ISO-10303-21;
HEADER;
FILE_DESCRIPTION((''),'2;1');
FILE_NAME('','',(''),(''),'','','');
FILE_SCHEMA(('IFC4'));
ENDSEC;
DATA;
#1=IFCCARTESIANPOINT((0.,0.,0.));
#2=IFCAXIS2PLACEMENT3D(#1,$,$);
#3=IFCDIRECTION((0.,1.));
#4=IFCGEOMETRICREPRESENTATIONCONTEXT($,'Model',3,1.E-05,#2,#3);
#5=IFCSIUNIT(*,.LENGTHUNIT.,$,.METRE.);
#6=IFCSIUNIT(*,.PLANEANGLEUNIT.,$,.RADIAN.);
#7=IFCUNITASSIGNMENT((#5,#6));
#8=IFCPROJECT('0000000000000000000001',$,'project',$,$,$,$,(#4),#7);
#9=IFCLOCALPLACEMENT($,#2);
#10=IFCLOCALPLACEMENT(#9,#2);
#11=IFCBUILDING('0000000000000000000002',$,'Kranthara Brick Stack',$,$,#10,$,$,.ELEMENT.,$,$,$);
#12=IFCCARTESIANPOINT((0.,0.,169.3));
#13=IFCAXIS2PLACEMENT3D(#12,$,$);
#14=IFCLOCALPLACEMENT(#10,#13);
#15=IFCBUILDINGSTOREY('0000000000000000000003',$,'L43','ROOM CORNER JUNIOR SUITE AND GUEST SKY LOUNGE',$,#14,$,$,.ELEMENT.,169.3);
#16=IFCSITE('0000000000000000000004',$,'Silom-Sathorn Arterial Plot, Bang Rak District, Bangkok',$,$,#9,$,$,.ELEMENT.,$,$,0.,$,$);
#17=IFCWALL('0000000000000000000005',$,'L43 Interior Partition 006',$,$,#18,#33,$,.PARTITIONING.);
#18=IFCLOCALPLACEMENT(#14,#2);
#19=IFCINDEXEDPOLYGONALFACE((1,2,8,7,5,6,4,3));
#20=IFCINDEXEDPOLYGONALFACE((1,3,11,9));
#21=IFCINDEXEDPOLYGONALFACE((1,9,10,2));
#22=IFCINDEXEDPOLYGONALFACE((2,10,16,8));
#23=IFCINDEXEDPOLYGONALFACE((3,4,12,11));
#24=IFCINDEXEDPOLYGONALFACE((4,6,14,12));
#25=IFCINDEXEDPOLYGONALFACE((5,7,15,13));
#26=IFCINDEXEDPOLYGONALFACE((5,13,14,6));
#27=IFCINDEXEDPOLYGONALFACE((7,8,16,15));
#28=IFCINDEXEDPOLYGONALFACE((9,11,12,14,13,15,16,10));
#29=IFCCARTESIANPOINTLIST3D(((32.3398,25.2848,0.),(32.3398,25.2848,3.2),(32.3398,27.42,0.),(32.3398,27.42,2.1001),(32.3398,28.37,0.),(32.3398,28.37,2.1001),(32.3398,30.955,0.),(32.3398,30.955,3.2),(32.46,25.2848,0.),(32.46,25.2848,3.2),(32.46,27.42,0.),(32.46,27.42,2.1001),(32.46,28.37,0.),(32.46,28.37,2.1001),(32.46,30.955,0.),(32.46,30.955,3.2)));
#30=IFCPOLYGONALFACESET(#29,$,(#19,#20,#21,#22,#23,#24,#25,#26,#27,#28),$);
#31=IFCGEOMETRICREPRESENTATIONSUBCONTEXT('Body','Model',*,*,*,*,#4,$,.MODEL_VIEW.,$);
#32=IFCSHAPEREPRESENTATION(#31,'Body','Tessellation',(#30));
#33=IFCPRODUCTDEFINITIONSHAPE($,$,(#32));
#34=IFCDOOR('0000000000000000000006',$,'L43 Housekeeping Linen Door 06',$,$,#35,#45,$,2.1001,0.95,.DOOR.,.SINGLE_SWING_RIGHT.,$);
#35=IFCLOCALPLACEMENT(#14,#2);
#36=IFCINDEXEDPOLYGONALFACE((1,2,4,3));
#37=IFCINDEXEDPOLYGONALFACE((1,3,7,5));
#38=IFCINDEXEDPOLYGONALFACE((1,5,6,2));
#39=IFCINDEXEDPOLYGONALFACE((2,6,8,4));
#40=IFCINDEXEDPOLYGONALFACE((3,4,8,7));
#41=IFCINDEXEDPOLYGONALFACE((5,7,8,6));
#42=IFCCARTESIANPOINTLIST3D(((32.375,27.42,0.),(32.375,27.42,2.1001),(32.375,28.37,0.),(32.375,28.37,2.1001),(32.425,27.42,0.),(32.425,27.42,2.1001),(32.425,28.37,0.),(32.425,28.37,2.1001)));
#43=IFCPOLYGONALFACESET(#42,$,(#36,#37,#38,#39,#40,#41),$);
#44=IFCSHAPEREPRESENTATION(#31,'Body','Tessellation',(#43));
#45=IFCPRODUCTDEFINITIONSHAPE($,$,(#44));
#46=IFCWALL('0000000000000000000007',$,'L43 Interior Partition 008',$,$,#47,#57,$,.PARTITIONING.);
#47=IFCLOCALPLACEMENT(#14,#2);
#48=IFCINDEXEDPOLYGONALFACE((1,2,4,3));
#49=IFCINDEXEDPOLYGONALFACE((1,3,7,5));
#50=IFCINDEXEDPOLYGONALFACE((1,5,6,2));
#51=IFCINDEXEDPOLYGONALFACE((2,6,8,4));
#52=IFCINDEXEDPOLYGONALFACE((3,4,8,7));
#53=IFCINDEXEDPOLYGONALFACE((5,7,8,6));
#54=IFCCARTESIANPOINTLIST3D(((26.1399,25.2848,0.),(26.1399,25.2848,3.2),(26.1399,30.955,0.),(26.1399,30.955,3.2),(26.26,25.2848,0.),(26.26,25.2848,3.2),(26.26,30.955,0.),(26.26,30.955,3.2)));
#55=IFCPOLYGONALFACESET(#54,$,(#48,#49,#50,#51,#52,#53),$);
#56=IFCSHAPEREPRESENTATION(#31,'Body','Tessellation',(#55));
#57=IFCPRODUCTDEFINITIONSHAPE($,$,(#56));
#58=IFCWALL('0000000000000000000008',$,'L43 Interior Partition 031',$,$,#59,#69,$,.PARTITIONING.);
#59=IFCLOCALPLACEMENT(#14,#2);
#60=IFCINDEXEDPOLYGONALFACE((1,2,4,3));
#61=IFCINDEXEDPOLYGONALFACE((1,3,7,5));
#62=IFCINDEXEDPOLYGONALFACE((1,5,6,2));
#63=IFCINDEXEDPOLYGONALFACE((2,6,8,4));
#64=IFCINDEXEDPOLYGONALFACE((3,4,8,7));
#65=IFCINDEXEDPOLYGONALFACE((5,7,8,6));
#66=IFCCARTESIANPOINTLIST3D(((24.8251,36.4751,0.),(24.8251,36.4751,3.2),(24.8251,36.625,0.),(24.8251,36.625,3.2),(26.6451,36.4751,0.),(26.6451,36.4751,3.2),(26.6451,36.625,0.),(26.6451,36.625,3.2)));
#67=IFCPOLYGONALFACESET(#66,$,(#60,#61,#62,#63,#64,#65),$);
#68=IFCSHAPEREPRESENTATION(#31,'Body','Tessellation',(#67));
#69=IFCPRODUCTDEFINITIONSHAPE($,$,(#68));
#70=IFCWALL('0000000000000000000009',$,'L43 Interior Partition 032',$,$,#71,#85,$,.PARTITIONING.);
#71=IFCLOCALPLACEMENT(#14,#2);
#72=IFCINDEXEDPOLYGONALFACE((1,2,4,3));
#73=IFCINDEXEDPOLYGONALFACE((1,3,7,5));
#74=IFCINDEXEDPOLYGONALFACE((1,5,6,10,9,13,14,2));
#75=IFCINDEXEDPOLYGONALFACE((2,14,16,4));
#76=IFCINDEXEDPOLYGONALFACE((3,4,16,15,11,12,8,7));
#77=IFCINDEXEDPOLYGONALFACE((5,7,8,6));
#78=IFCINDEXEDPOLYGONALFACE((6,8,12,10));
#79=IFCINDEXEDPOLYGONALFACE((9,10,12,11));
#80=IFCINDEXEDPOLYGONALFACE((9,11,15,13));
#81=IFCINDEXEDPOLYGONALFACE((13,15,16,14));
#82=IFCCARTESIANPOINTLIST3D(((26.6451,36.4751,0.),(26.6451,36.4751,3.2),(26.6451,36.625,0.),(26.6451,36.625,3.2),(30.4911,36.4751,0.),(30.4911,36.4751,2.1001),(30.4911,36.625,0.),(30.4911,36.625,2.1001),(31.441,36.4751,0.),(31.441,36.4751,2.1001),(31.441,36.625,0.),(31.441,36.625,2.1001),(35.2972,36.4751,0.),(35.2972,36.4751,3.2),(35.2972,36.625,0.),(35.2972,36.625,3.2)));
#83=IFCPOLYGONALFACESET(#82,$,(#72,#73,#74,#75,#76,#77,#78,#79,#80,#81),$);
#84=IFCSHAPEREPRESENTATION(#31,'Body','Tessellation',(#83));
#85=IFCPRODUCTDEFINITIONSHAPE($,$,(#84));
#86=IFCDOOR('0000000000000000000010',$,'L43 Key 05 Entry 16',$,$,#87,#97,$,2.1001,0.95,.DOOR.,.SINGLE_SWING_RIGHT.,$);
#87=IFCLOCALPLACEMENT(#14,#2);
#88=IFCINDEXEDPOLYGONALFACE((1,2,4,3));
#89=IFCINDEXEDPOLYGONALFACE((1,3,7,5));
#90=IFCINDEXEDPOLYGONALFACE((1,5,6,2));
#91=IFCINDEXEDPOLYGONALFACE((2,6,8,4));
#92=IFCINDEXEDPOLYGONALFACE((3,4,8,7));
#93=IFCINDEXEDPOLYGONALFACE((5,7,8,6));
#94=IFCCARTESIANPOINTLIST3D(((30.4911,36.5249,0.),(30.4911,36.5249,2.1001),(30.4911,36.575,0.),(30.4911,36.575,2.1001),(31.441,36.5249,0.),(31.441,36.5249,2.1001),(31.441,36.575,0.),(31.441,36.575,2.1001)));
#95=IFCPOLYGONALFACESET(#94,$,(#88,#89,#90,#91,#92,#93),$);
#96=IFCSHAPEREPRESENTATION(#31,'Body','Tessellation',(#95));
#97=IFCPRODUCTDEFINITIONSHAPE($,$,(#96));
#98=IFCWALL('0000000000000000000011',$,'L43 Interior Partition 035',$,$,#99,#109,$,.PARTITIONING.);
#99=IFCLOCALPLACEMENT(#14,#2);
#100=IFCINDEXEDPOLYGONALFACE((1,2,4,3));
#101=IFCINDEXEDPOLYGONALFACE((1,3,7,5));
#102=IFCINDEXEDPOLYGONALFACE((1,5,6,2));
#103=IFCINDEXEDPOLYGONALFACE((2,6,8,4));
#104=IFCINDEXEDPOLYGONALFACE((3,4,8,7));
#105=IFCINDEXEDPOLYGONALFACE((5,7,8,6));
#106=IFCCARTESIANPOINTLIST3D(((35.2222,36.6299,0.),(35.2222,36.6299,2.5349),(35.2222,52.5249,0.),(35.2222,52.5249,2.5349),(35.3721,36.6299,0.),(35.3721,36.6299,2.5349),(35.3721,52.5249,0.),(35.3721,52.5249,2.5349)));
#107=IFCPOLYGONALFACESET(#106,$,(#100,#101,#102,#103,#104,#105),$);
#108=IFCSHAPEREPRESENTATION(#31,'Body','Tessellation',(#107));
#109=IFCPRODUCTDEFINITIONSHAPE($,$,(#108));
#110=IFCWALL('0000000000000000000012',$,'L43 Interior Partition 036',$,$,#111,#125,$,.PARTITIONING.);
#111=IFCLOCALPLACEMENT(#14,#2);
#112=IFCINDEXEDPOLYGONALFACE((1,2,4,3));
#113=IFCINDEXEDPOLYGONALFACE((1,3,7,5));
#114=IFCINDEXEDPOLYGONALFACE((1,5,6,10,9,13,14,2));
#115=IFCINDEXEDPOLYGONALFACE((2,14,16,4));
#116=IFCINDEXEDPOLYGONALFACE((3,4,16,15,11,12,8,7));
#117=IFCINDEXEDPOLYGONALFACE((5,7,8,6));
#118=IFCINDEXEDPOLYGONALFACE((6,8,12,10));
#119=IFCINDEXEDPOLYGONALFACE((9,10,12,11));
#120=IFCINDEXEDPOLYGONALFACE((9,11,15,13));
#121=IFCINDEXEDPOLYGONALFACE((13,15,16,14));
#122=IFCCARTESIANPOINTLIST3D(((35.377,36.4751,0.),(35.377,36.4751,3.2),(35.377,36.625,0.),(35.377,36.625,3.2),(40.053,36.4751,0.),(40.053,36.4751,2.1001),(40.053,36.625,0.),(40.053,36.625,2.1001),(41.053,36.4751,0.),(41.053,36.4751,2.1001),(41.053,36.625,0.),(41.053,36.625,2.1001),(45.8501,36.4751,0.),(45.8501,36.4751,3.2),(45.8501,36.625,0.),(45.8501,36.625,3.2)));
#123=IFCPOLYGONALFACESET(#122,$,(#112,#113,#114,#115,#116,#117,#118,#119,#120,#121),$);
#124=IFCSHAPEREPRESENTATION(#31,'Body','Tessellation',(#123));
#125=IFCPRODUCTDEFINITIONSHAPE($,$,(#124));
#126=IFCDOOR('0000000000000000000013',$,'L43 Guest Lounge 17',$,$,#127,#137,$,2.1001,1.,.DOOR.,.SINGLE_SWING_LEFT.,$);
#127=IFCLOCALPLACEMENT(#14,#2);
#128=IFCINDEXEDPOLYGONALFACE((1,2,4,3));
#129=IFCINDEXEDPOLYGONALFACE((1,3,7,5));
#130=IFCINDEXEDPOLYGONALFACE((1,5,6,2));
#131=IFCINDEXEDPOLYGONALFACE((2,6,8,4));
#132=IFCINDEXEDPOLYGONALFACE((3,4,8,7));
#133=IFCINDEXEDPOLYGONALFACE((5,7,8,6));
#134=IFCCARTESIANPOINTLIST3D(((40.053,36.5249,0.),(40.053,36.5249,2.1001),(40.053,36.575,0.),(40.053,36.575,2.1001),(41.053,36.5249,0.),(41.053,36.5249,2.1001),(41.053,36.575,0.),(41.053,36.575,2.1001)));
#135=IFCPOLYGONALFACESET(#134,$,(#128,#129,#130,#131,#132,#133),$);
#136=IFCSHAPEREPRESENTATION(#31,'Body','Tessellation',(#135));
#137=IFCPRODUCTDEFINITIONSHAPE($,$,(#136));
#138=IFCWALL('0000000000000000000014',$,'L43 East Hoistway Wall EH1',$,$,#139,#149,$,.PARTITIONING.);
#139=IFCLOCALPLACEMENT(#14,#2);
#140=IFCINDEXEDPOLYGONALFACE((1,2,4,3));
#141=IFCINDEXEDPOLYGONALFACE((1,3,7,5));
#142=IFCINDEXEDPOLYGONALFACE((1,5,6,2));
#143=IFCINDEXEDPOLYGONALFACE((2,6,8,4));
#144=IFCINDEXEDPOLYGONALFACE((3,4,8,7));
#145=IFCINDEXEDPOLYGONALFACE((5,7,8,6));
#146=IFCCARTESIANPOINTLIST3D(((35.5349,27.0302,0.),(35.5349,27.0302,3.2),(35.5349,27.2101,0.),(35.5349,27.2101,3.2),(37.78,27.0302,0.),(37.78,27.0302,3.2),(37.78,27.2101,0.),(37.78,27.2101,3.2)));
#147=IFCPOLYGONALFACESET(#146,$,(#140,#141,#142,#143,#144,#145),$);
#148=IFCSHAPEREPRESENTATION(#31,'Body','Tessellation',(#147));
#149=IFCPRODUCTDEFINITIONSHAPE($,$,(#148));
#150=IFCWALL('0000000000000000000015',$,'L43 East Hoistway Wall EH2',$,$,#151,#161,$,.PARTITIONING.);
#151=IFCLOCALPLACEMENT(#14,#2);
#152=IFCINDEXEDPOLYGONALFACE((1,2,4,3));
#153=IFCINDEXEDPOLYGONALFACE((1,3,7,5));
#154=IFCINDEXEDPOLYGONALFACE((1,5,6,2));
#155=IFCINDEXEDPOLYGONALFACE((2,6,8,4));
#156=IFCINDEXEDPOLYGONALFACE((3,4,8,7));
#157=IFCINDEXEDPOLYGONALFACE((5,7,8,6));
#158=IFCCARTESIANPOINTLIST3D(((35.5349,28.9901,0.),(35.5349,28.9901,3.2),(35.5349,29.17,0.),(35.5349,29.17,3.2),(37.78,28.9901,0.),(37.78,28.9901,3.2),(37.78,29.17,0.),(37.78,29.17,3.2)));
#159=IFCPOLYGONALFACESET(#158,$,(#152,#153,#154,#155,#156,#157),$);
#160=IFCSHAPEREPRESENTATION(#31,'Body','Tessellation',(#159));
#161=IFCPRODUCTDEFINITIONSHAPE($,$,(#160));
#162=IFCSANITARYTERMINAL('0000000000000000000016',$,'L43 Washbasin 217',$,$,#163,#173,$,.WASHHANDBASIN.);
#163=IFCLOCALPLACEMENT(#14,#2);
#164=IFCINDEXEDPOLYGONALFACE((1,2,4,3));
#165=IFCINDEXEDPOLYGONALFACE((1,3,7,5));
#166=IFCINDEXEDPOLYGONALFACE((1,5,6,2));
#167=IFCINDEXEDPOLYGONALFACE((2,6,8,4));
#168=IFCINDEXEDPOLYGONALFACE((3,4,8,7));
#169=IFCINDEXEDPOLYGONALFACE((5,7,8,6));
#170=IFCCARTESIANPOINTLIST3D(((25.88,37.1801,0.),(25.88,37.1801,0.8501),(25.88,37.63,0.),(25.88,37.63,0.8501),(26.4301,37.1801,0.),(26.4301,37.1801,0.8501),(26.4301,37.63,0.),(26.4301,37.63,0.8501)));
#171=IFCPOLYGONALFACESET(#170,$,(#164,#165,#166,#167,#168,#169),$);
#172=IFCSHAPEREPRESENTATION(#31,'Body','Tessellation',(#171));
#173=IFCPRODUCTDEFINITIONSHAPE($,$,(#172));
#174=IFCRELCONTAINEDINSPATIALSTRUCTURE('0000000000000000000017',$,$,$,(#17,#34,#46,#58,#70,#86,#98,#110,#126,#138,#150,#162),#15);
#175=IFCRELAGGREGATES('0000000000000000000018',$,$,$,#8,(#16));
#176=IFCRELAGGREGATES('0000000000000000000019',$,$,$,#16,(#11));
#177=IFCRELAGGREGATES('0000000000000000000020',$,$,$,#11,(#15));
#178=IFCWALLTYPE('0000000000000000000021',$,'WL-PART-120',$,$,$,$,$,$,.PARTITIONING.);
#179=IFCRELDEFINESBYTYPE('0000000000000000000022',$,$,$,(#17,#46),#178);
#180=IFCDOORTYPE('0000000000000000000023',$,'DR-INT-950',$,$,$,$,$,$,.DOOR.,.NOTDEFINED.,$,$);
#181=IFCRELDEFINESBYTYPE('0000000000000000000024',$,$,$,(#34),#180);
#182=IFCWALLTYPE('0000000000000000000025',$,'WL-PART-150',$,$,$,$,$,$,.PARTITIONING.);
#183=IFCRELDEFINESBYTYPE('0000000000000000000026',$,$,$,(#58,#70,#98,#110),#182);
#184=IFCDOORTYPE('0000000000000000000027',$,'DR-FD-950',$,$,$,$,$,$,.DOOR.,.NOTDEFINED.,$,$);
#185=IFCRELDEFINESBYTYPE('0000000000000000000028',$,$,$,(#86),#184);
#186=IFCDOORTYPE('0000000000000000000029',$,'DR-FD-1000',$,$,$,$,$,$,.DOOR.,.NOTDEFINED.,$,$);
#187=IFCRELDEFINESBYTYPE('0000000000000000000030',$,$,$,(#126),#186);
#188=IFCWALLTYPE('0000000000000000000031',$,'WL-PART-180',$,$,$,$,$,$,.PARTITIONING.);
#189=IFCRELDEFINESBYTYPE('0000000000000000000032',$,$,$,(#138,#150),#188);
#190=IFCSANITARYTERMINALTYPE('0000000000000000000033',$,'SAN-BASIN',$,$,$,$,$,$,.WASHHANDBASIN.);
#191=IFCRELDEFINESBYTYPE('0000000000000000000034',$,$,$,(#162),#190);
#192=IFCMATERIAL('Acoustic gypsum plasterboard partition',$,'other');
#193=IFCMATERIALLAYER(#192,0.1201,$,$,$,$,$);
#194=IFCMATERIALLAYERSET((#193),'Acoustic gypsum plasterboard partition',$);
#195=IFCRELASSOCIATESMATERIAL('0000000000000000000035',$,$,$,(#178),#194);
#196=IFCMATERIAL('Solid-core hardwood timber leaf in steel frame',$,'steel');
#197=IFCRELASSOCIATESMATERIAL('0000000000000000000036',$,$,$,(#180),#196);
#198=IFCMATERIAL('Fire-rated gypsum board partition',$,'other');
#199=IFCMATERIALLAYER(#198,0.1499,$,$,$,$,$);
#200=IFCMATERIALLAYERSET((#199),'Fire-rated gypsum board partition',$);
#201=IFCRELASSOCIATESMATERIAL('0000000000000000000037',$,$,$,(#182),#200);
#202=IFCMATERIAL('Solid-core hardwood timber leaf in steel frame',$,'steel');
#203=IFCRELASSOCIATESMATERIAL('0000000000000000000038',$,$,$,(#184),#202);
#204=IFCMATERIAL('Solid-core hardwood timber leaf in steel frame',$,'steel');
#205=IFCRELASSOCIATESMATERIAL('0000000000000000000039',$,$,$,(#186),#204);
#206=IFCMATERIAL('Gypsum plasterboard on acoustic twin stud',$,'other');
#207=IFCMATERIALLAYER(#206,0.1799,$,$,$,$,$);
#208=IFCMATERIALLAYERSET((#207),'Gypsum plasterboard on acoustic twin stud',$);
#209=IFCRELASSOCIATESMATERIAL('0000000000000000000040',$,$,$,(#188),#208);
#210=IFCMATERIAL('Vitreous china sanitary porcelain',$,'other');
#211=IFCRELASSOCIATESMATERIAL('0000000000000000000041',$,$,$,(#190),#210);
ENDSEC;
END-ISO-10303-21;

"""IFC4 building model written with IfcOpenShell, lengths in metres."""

from ifc_helpers import new_model, si_unit, direction, frame, frame_2d, origin, origin_2d, place, context, subcontext, project, spatial, rectangle, extrude, material, layer, layer_set, type_object, element, fill, save


model = new_model("IFC4")

# Units and contexts
model_context = context("Model", 3, precision=1e-05, world=origin(), true_north=direction((0.0, 1.0)))
body_context = subcontext(model_context, "Body", "Model", "MODEL_VIEW")
ifc_project = project(units=[si_unit("LENGTHUNIT", "METRE"), si_unit("PLANEANGLEUNIT", "RADIAN")], contexts=[model_context])

# Site, building, storey
site_placement = place(None, origin())
site = spatial("IfcSite", under=ifc_project, at=site_placement, Name="Silom-Sathorn Arterial Plot, Bang Rak District, Bangkok", CompositionType="ELEMENT", RefElevation=0.0)
building_placement = place(site_placement, origin())
building = spatial("IfcBuilding", under=site, at=building_placement, Name="Kranthara Brick Stack", CompositionType="ELEMENT")
storey_placement = place(building_placement, frame((0.0, 0.0, 169.3)))
storey = spatial("IfcBuildingStorey", under=building, at=storey_placement, Name="L43", Description="ROOM CORNER JUNIOR SUITE AND GUEST SKY LOUNGE", CompositionType="ELEMENT", Elevation=169.3)

# Wall, opening, door
ifc_material_1 = material(Name="Acoustic gypsum plasterboard partition", Category="other")
ifc_layer_1 = layer(ifc_material_1, 0.1201)
ifc_layer_set_1 = layer_set([ifc_layer_1], Name="Acoustic gypsum plasterboard partition")
wall_type_1 = type_object("IfcWallType", Name="WL-PART-120", PredefinedType="PARTITIONING", material=ifc_layer_set_1)
wall_1_placement = place(storey_placement, frame((32.3999, 25.2849, 0.0), z_axis=(0.0, 0.0, 1.0), x_axis=(0.0, 1.0, 0.0)))
wall_1 = element("IfcWall", 1, at=wall_1_placement, inside=storey, type_object=wall_type_1, Name="L43 Interior Partition 006", PredefinedType="PARTITIONING", context=body_context, shape_type="SweptSolid", body=[
    extrude(rectangle(XDim=5.6702, YDim=0.1201, at=frame_2d((2.835, 0.0))), origin(), (0.0, 0.0, 1.0), 3.2),
])
opening_1_placement = place(wall_1_placement, frame((2.135, 0.0, 0.0)))
opening_1 = element("IfcOpeningElement", 2, at=opening_1_placement, cuts=wall_1, PredefinedType="OPENING", context=body_context, shape_type="SweptSolid", body=[
    extrude(rectangle(XDim=0.95, YDim=2.1001, at=frame_2d((0.4751, 1.05))), frame((0.0, 0.0701, 0.0), z_axis=(0.0, -1.0, 0.0), x_axis=(1.0, 0.0, 0.0)), (0.0, 0.0, 1.0), 0.1401),
])
ifc_material_2 = material(Name="Solid-core hardwood timber leaf in steel frame", Category="steel")
door_type_1 = type_object("IfcDoorType", Name="DR-INT-950", OperationType="NOTDEFINED", PredefinedType="DOOR", material=ifc_material_2)
door_1_placement = place(opening_1_placement, origin())
door_1 = element("IfcDoor", 3, at=door_1_placement, inside=storey, type_object=door_type_1, Name="L43 Housekeeping Linen Door 06", OperationType="SINGLE_SWING_RIGHT", OverallHeight=2.1001, OverallWidth=0.95, PredefinedType="DOOR", context=body_context, shape_type="SweptSolid", body=[
    extrude(rectangle(XDim=0.95, YDim=2.1001, at=frame_2d((0.4751, 1.05))), frame((0.0, 0.0249, 0.0), z_axis=(0.0, -1.0, 0.0), x_axis=(1.0, 0.0, 0.0)), (0.0, 0.0, 1.0), 0.05),
])
fill(opening_1, door_1)

# Walls
wall_2_placement = place(storey_placement, frame((26.2, 25.2849, 0.0), z_axis=(0.0, 0.0, 1.0), x_axis=(0.0, 1.0, 0.0)))
element("IfcWall", 4, at=wall_2_placement, inside=storey, type_object=wall_type_1, Name="L43 Interior Partition 008", PredefinedType="PARTITIONING", context=body_context, shape_type="SweptSolid", body=[
    extrude(rectangle(XDim=5.6702, YDim=0.1201, at=frame_2d((2.835, 0.0))), origin(), (0.0, 0.0, 1.0), 3.2),
])
ifc_material_3 = material(Name="Fire-rated gypsum board partition", Category="other")
ifc_layer_2 = layer(ifc_material_3, 0.1499)
ifc_layer_set_2 = layer_set([ifc_layer_2], Name="Fire-rated gypsum board partition")
wall_type_2 = type_object("IfcWallType", Name="WL-PART-150", PredefinedType="PARTITIONING", material=ifc_layer_set_2)
wall_3_placement = place(storey_placement, frame((24.825, 36.55, 0.0), z_axis=(0.0, 0.0, 1.0), x_axis=(1.0, 0.0, 0.0)))
element("IfcWall", 5, at=wall_3_placement, inside=storey, type_object=wall_type_2, Name="L43 Interior Partition 031", PredefinedType="PARTITIONING", context=body_context, shape_type="SweptSolid", body=[
    extrude(rectangle(XDim=1.8201, YDim=0.1499, at=frame_2d((0.9102, 0.0))), origin(), (0.0, 0.0, 1.0), 3.2),
])

# Wall, opening, door
wall_4_placement = place(storey_placement, frame((26.645, 36.55, 0.0), z_axis=(0.0, 0.0, 1.0), x_axis=(1.0, 0.0, 0.0)))
wall_4 = element("IfcWall", 6, at=wall_4_placement, inside=storey, type_object=wall_type_2, Name="L43 Interior Partition 032", PredefinedType="PARTITIONING", context=body_context, shape_type="SweptSolid", body=[
    extrude(rectangle(XDim=8.6521, YDim=0.1499, at=frame_2d((4.3262, 0.0))), origin(), (0.0, 0.0, 1.0), 3.2),
])
opening_2_placement = place(wall_4_placement, frame((3.8459, 0.0, 0.0)))
opening_2 = element("IfcOpeningElement", 7, at=opening_2_placement, cuts=wall_4, PredefinedType="OPENING", context=body_context, shape_type="SweptSolid", body=[
    extrude(rectangle(XDim=0.95, YDim=2.1001, at=frame_2d((0.4751, 1.05))), frame((0.0, 0.085, 0.0), z_axis=(0.0, -1.0, 0.0), x_axis=(1.0, 0.0, 0.0)), (0.0, 0.0, 1.0), 0.1699),
])
ifc_material_4 = material(Name="Solid-core hardwood timber leaf in steel frame", Category="steel")
door_type_2 = type_object("IfcDoorType", Name="DR-FD-950", OperationType="NOTDEFINED", PredefinedType="DOOR", material=ifc_material_4)
door_2_placement = place(opening_2_placement, origin())
door_2 = element("IfcDoor", 8, at=door_2_placement, inside=storey, type_object=door_type_2, Name="L43 Key 05 Entry 16", OperationType="SINGLE_SWING_RIGHT", OverallHeight=2.1001, OverallWidth=0.95, PredefinedType="DOOR", context=body_context, shape_type="SweptSolid", body=[
    extrude(rectangle(XDim=0.95, YDim=2.1001, at=frame_2d((0.4751, 1.05))), frame((0.0, 0.0249, 0.0), z_axis=(0.0, -1.0, 0.0), x_axis=(1.0, 0.0, 0.0)), (0.0, 0.0, 1.0), 0.05),
])
fill(opening_2, door_2)

# Wall
wall_5_placement = place(storey_placement, frame((35.2971, 36.6299, 0.0), z_axis=(0.0, 0.0, 1.0), x_axis=(0.0, 1.0, 0.0)))
element("IfcWall", 9, at=wall_5_placement, inside=storey, type_object=wall_type_2, Name="L43 Interior Partition 035", PredefinedType="PARTITIONING", context=body_context, shape_type="SweptSolid", body=[
    extrude(rectangle(XDim=15.895, YDim=0.1499, at=frame_2d((7.9475, 0.0))), origin(), (0.0, 0.0, 1.0), 2.5349),
])

# Wall, opening, door
wall_6_placement = place(storey_placement, frame((35.377, 36.55, 0.0), z_axis=(0.0, 0.0, 1.0), x_axis=(1.0, 0.0, 0.0)))
wall_6 = element("IfcWall", 10, at=wall_6_placement, inside=storey, type_object=wall_type_2, Name="L43 Interior Partition 036", PredefinedType="PARTITIONING", context=body_context, shape_type="SweptSolid", body=[
    extrude(rectangle(XDim=10.4731, YDim=0.1499, at=frame_2d((5.2366, 0.0))), origin(), (0.0, 0.0, 1.0), 3.2),
])
opening_3_placement = place(wall_6_placement, frame((4.676, 0.0, 0.0)))
opening_3 = element("IfcOpeningElement", 11, at=opening_3_placement, cuts=wall_6, PredefinedType="OPENING", context=body_context, shape_type="SweptSolid", body=[
    extrude(rectangle(XDim=1.0, YDim=2.1001, at=frame_2d((0.5, 1.05))), frame((0.0, 0.085, 0.0), z_axis=(0.0, -1.0, 0.0), x_axis=(1.0, 0.0, 0.0)), (0.0, 0.0, 1.0), 0.1699),
])
ifc_material_5 = material(Name="Solid-core hardwood timber leaf in steel frame", Category="steel")
door_type_3 = type_object("IfcDoorType", Name="DR-FD-1000", OperationType="NOTDEFINED", PredefinedType="DOOR", material=ifc_material_5)
door_3_placement = place(opening_3_placement, origin())
door_3 = element("IfcDoor", 12, at=door_3_placement, inside=storey, type_object=door_type_3, Name="L43 Guest Lounge 17", OperationType="SINGLE_SWING_LEFT", OverallHeight=2.1001, OverallWidth=1.0, PredefinedType="DOOR", context=body_context, shape_type="SweptSolid", body=[
    extrude(rectangle(XDim=1.0, YDim=2.1001, at=frame_2d((0.5, 1.05))), frame((0.0, 0.0249, 0.0), z_axis=(0.0, -1.0, 0.0), x_axis=(1.0, 0.0, 0.0)), (0.0, 0.0, 1.0), 0.05),
])
fill(opening_3, door_3)

# Walls
ifc_material_6 = material(Name="Gypsum plasterboard on acoustic twin stud", Category="other")
ifc_layer_3 = layer(ifc_material_6, 0.1799)
ifc_layer_set_3 = layer_set([ifc_layer_3], Name="Gypsum plasterboard on acoustic twin stud")
wall_type_3 = type_object("IfcWallType", Name="WL-PART-180", PredefinedType="PARTITIONING", material=ifc_layer_set_3)
for number, where, z_axis, x_axis, name in (
    (13, (35.5349, 27.1201, 0.0), (0.0, 0.0, 1.0), (1.0, 0.0, 0.0), "L43 East Hoistway Wall EH1"),
    (14, (35.5349, 29.0801, 0.0), (0.0, 0.0, 1.0), (1.0, 0.0, 0.0), "L43 East Hoistway Wall EH2"),
):
    element("IfcWall", number, at=place(storey_placement, frame(where, z_axis=z_axis, x_axis=x_axis)), inside=storey, type_object=wall_type_3, Name=name, PredefinedType="PARTITIONING", context=body_context, shape_type="SweptSolid", body=[
        extrude(rectangle(XDim=2.2451, YDim=0.1799, at=frame_2d((1.1226, 0.0))), origin(), (0.0, 0.0, 1.0), 3.2),
    ])

# Sanitary terminal
ifc_material_7 = material(Name="Vitreous china sanitary porcelain", Category="other")
sanitary_terminal_type_1 = type_object("IfcSanitaryTerminalType", Name="SAN-BASIN", PredefinedType="WASHHANDBASIN", material=ifc_material_7)
sanitary_terminal_1_placement = place(storey_placement, frame((26.155, 37.405, 0.0), z_axis=(0.0, 0.0, 1.0), x_axis=(1.0, 0.0, 0.0)))
element("IfcSanitaryTerminal", 15, at=sanitary_terminal_1_placement, inside=storey, type_object=sanitary_terminal_type_1, Name="L43 Washbasin 217", PredefinedType="WASHHANDBASIN", context=body_context, shape_type="SweptSolid", body=[
    extrude(rectangle(XDim=0.55, YDim=0.45, at=origin_2d()), origin(), (0.0, 0.0, 1.0), 0.8501),
])

save(model, "model.ifc")
